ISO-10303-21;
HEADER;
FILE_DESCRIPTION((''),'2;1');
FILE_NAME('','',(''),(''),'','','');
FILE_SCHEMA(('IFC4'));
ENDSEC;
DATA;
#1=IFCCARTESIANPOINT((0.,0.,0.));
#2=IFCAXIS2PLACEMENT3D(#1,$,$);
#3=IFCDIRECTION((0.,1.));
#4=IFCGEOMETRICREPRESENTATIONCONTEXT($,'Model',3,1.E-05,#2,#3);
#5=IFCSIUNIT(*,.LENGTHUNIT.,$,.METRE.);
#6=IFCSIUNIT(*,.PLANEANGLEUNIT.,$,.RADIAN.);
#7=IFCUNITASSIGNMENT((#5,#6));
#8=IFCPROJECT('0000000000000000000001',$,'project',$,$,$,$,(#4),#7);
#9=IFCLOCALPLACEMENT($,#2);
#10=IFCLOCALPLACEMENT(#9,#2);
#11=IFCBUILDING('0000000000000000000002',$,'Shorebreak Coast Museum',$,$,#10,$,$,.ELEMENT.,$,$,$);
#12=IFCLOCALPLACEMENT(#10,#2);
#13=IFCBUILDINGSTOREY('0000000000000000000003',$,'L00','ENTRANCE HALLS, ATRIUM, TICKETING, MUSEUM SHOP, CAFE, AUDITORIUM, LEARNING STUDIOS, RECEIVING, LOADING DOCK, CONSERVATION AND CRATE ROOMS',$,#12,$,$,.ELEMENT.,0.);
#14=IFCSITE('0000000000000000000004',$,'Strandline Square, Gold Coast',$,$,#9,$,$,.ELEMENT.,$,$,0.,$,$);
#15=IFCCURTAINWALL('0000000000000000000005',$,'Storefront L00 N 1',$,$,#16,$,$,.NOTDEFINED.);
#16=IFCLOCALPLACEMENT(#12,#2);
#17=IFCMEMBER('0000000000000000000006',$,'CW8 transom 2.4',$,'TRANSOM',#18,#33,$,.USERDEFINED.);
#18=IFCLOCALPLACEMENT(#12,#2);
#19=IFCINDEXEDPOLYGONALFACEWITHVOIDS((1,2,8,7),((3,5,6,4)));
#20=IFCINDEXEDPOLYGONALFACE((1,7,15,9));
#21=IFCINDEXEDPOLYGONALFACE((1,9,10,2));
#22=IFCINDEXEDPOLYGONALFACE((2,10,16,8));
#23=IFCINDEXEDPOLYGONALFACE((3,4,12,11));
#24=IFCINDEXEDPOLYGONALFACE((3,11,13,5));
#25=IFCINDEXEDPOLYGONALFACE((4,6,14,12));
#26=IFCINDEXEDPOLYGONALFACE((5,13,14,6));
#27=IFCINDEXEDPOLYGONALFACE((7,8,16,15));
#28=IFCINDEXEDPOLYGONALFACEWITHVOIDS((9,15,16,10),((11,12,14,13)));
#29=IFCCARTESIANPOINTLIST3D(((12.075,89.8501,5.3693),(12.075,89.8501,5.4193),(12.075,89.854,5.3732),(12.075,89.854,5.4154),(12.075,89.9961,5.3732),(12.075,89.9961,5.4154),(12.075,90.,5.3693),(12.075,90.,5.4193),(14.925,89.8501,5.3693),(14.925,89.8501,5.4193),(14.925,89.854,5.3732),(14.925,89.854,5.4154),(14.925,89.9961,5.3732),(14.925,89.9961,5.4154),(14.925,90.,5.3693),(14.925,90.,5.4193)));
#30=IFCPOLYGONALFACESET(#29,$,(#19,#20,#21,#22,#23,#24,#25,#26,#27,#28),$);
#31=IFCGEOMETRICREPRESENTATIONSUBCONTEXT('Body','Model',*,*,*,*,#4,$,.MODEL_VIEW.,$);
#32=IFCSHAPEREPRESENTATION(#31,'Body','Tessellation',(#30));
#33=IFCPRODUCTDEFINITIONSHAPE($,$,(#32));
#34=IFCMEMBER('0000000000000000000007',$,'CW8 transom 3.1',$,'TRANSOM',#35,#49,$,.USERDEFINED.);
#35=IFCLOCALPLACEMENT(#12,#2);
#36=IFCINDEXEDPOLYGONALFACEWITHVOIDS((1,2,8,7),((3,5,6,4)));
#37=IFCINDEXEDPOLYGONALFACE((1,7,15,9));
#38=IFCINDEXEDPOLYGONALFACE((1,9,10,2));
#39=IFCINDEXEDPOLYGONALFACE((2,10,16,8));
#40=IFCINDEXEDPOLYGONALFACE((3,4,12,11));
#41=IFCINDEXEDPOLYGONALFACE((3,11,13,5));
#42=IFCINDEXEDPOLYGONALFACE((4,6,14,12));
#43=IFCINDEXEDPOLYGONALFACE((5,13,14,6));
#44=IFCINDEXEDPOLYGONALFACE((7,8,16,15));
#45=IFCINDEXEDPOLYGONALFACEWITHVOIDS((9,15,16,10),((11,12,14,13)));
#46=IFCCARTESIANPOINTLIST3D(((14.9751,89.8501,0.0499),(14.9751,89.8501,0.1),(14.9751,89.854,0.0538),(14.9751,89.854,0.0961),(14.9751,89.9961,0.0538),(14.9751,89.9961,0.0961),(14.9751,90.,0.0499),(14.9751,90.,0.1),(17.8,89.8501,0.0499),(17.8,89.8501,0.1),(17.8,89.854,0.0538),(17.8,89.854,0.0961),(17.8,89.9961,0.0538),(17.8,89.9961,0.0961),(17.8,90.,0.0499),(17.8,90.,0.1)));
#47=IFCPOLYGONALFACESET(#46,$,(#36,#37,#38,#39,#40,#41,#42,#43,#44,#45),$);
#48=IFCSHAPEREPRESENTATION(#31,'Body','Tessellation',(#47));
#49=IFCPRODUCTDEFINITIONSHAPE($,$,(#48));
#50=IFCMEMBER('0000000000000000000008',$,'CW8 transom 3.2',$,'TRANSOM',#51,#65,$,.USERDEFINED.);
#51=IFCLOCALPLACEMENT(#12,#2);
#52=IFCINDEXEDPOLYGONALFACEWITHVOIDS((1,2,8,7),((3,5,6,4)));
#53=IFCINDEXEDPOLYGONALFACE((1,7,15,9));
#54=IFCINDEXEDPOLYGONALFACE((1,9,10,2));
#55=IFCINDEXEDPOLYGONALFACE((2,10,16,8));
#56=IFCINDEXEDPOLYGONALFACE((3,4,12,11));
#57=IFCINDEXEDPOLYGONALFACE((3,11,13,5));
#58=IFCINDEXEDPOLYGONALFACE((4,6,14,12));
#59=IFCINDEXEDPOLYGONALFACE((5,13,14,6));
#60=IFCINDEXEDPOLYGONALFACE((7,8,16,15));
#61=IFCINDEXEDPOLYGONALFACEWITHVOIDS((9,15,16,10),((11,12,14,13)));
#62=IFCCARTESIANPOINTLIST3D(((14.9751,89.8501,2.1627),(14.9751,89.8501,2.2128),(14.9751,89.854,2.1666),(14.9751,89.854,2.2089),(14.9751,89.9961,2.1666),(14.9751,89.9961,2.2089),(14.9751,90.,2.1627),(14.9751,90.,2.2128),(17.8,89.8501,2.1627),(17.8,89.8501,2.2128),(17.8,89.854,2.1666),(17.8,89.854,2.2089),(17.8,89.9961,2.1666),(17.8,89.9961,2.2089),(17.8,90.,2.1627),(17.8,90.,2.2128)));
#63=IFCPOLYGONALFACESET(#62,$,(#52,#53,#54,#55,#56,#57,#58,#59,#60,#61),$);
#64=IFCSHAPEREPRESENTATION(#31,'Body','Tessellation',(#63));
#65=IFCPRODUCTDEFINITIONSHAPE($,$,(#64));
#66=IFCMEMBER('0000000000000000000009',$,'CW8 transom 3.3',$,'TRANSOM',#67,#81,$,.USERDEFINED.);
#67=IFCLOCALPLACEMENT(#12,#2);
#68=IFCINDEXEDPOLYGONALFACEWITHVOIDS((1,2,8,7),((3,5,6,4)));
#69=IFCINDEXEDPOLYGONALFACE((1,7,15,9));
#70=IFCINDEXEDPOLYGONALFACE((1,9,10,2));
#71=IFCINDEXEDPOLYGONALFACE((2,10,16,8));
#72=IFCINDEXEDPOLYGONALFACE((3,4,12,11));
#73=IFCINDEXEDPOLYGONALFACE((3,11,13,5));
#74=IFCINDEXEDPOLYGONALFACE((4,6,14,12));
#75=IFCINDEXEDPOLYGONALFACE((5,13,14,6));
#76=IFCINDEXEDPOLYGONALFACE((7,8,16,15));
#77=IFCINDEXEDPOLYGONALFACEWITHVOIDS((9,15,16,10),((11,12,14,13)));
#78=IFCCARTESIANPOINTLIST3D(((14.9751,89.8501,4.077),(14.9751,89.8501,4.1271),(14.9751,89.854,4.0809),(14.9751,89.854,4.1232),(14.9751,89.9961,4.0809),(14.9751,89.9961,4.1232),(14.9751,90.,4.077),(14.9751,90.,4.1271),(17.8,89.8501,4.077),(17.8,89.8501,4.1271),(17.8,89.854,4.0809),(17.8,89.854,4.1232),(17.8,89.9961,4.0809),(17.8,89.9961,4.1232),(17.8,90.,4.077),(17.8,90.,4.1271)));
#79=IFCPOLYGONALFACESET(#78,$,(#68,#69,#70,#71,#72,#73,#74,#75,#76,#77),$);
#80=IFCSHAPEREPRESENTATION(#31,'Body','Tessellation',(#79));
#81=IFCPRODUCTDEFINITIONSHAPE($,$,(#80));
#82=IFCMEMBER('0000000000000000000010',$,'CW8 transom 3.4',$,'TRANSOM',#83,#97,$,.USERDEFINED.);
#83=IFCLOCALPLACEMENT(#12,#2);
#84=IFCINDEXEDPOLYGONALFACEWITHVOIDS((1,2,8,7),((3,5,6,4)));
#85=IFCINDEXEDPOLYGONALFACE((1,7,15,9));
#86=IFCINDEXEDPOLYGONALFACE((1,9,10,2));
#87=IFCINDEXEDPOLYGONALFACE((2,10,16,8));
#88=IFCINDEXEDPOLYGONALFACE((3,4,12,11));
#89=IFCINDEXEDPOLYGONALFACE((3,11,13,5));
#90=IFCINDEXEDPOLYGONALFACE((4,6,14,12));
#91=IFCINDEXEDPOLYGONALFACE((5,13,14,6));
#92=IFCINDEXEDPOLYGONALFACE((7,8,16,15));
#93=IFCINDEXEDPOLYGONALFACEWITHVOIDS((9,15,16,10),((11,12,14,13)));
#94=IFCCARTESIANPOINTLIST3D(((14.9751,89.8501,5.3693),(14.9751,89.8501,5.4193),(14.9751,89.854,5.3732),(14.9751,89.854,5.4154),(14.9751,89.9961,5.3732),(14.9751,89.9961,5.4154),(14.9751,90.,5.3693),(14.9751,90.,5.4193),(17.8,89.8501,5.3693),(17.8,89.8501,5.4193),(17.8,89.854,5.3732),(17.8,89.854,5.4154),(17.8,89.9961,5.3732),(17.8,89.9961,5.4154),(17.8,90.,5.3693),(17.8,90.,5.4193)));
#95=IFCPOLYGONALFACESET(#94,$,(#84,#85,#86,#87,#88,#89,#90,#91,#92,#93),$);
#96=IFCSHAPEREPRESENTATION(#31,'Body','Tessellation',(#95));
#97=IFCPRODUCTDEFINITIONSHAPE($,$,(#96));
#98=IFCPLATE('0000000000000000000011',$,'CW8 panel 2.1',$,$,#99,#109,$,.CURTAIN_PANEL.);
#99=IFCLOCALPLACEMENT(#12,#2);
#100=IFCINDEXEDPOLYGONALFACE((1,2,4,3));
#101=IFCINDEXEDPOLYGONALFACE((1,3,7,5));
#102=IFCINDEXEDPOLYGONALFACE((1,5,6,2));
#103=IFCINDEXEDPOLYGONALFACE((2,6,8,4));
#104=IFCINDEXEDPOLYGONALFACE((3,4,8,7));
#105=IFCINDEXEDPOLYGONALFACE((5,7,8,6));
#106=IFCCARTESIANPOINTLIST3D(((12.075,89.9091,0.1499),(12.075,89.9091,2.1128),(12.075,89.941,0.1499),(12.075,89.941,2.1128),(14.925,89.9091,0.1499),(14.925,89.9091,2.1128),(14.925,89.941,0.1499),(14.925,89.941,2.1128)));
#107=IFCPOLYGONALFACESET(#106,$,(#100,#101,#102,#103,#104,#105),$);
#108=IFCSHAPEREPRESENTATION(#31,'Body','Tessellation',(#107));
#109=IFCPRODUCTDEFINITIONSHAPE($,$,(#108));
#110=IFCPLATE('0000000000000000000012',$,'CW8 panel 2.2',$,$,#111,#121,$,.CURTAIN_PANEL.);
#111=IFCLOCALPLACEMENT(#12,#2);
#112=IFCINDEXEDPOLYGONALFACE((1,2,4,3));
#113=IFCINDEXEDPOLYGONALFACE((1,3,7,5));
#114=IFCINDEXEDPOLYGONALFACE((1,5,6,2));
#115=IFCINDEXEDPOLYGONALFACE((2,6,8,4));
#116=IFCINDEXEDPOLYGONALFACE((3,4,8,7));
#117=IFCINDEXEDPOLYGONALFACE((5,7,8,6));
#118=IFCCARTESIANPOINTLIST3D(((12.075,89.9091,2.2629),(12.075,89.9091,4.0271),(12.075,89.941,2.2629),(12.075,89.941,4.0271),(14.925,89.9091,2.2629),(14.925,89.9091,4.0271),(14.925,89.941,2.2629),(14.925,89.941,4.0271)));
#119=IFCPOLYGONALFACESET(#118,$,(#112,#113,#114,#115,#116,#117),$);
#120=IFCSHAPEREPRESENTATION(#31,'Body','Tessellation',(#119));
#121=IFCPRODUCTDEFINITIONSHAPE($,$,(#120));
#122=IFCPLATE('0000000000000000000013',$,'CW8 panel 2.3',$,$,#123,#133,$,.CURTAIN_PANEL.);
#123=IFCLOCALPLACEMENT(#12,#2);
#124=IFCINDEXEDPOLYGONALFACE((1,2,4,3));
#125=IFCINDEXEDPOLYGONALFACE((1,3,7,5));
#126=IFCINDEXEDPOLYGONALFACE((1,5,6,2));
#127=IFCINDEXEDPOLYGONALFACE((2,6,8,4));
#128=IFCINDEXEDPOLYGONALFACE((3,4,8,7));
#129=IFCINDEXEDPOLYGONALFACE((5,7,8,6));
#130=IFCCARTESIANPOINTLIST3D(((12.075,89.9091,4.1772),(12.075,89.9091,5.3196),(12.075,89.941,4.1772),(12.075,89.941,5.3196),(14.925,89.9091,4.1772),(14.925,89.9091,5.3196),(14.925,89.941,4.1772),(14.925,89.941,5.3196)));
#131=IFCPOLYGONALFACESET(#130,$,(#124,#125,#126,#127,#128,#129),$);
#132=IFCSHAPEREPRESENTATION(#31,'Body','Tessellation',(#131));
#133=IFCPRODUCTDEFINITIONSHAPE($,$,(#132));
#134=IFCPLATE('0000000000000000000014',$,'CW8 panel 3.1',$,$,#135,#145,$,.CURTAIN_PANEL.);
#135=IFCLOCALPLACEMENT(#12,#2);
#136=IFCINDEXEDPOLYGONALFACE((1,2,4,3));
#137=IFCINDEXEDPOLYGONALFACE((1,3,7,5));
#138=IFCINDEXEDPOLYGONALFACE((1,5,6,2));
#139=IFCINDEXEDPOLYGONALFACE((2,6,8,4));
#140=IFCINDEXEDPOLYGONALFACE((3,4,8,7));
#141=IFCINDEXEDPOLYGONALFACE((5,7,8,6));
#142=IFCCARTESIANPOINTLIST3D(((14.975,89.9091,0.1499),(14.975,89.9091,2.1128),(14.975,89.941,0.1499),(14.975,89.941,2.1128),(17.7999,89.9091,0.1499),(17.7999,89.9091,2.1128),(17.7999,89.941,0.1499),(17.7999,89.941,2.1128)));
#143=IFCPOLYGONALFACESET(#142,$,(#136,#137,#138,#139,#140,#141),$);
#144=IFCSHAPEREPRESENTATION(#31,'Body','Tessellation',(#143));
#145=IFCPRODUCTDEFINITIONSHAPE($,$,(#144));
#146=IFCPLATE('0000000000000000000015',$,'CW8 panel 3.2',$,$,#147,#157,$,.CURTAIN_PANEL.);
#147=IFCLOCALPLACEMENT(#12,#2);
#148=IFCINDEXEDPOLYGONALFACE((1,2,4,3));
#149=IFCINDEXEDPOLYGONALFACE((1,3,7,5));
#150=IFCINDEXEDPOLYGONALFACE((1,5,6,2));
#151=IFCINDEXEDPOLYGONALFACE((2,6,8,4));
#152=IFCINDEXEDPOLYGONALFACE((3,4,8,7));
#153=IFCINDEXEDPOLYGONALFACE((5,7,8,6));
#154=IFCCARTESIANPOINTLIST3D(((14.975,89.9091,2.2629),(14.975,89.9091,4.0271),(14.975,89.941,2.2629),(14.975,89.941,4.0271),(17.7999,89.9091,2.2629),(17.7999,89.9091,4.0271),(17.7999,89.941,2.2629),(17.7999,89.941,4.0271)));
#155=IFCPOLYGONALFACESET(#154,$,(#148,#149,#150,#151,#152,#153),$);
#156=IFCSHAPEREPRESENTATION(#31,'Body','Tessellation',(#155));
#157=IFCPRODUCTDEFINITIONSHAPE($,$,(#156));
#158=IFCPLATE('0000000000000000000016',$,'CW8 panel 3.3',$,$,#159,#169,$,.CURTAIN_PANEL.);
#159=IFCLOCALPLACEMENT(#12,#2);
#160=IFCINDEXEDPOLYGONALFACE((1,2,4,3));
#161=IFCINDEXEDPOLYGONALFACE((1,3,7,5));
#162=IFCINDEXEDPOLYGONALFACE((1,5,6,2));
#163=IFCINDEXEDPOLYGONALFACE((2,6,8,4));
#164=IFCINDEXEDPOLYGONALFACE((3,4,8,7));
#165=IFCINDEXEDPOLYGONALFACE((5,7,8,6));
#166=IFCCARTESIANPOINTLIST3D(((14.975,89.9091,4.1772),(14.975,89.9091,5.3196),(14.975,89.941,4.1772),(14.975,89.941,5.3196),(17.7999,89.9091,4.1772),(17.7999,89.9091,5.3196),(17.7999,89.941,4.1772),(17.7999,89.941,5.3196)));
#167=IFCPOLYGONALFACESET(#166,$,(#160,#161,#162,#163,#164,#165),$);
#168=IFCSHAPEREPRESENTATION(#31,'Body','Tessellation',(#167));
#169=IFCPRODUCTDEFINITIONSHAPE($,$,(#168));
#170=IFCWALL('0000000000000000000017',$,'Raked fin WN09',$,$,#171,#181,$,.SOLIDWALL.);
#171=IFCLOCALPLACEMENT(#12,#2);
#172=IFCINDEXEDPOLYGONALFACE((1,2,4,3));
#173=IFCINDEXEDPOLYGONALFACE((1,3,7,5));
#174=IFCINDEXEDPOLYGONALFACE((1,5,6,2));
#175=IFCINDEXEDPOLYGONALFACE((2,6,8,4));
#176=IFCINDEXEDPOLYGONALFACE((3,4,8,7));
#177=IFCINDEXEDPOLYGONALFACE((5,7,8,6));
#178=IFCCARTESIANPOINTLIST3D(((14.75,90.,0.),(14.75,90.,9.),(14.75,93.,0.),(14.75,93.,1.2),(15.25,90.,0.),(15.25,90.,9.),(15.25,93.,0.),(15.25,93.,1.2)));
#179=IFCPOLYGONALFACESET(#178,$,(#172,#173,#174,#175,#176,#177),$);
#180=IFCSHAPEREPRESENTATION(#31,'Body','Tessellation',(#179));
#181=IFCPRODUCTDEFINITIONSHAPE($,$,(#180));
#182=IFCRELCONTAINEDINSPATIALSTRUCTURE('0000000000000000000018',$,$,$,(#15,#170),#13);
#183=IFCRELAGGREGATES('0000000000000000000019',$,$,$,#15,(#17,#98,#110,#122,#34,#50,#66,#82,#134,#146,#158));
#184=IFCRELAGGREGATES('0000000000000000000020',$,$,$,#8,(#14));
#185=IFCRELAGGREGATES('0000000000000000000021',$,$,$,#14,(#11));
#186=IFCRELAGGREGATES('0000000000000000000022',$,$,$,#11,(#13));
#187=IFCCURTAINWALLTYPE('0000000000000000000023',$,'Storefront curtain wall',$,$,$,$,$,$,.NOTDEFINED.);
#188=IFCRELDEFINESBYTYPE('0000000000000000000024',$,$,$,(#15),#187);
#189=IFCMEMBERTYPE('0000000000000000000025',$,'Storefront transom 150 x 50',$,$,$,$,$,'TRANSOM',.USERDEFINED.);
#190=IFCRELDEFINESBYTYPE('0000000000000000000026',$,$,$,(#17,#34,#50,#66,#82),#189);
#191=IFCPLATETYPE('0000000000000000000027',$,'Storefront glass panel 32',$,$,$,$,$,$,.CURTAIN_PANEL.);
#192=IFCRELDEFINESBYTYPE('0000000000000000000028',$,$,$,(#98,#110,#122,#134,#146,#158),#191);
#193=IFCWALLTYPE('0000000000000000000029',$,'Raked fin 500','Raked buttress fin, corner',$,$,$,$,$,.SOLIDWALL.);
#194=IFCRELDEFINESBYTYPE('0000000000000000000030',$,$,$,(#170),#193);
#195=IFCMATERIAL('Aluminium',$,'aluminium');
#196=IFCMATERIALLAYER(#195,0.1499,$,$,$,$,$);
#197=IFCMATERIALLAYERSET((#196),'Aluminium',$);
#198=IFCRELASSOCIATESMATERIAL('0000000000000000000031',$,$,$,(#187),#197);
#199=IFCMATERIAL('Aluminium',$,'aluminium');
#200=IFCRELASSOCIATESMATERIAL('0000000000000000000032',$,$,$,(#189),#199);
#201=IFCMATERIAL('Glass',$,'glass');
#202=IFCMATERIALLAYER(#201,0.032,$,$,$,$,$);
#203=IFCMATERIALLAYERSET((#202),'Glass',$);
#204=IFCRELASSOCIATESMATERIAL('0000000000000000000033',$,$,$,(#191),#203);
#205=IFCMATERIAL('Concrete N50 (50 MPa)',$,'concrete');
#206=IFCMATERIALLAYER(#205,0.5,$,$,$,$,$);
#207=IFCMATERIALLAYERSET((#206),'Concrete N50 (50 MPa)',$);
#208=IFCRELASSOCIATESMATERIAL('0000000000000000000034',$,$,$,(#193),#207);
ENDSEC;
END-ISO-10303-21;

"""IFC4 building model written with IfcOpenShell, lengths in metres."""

from ifc_helpers import new_model, si_unit, direction, frame, origin, origin_2d, place, context, subcontext, project, spatial, polyline, rectangle, hollow_rectangle, outline, extrude, material, layer, layer_set, material_profile, profile_set, type_object, element, aggregate, save


model = new_model("IFC4")

# Units and contexts
model_context = context("Model", 3, precision=1e-05, world=origin(), true_north=direction((0.0, 1.0)))
body_context = subcontext(model_context, "Body", "Model", "MODEL_VIEW")
ifc_project = project(units=[si_unit("LENGTHUNIT", "METRE"), si_unit("PLANEANGLEUNIT", "RADIAN")], contexts=[model_context])

# Site, building, storey
site_placement = place(None, origin())
site = spatial("IfcSite", under=ifc_project, at=site_placement, Name="Strandline Square, Gold Coast", CompositionType="ELEMENT", RefElevation=0.0)
building_placement = place(site_placement, origin())
building = spatial("IfcBuilding", under=site, at=building_placement, Name="Shorebreak Coast Museum", CompositionType="ELEMENT")
storey_placement = place(building_placement, origin())
storey = spatial("IfcBuildingStorey", under=building, at=storey_placement, Name="L00", Description="ENTRANCE HALLS, ATRIUM, TICKETING, MUSEUM SHOP, CAFE, AUDITORIUM, LEARNING STUDIOS, RECEIVING, LOADING DOCK, CONSERVATION AND CRATE ROOMS", CompositionType="ELEMENT", Elevation=0.0)

# Curtain wall, members, plates
ifc_material_1 = material(Name="Aluminium", Category="aluminium")
ifc_layer_1 = layer(ifc_material_1, 0.1499)
ifc_layer_set_1 = layer_set([ifc_layer_1], Name="Aluminium")
curtain_wall_type = type_object("IfcCurtainWallType", Name="Storefront curtain wall", PredefinedType="NOTDEFINED", material=ifc_layer_set_1)
curtain_wall_placement = place(storey_placement, origin())
curtain_wall = element("IfcCurtainWall", 1, at=curtain_wall_placement, inside=storey, type_object=curtain_wall_type, Name="Storefront L00 N 1", PredefinedType="NOTDEFINED")
ifc_material_2 = material(Name="Aluminium", Category="aluminium")
ifc_material_profile_1 = material_profile(ifc_material_2, hollow_rectangle(XDim=0.1499, YDim=0.05, WallThickness=0.0039, at=origin_2d()), Name="AL 50x150 RHS")
ifc_profile_set_1 = profile_set([ifc_material_profile_1], Name="Aluminium")
member_type_1 = type_object("IfcMemberType", Name="Storefront transom 150 x 50", ElementType="TRANSOM", PredefinedType="USERDEFINED", material=ifc_profile_set_1)
member_1_placement = place(storey_placement, frame((12.075, 89.925, 5.3943), z_axis=(1.0, 0.0, 0.0), x_axis=(0.0, 1.0, 0.0)))
member_1 = element("IfcMember", 2, at=member_1_placement, type_object=member_type_1, Name="CW8 transom 2.4", ObjectType="TRANSOM", PredefinedType="USERDEFINED", context=body_context, shape_type="SweptSolid", body=[
    extrude(hollow_rectangle(XDim=0.1499, YDim=0.05, WallThickness=0.0039, at=origin_2d()), origin(), (0.0, 0.0, 1.0), 2.8501),
])
member_2_placement = place(storey_placement, frame((14.9751, 89.925, 0.075), z_axis=(1.0, 0.0, 0.0), x_axis=(0.0, 1.0, 0.0)))
member_2 = element("IfcMember", 3, at=member_2_placement, type_object=member_type_1, Name="CW8 transom 3.1", ObjectType="TRANSOM", PredefinedType="USERDEFINED", context=body_context, shape_type="SweptSolid", body=[
    extrude(hollow_rectangle(XDim=0.1499, YDim=0.05, WallThickness=0.0039, at=origin_2d()), origin(), (0.0, 0.0, 1.0), 2.825),
])
member_3_placement = place(storey_placement, frame((14.9751, 89.925, 2.1877), z_axis=(1.0, 0.0, 0.0), x_axis=(0.0, 1.0, 0.0)))
member_3 = element("IfcMember", 4, at=member_3_placement, type_object=member_type_1, Name="CW8 transom 3.2", ObjectType="TRANSOM", PredefinedType="USERDEFINED", context=body_context, shape_type="SweptSolid", body=[
    extrude(hollow_rectangle(XDim=0.1499, YDim=0.05, WallThickness=0.0039, at=origin_2d()), origin(), (0.0, 0.0, 1.0), 2.825),
])
member_4_placement = place(storey_placement, frame((14.9751, 89.925, 4.1021), z_axis=(1.0, 0.0, 0.0), x_axis=(0.0, 1.0, 0.0)))
member_4 = element("IfcMember", 5, at=member_4_placement, type_object=member_type_1, Name="CW8 transom 3.3", ObjectType="TRANSOM", PredefinedType="USERDEFINED", context=body_context, shape_type="SweptSolid", body=[
    extrude(hollow_rectangle(XDim=0.1499, YDim=0.05, WallThickness=0.0039, at=origin_2d()), origin(), (0.0, 0.0, 1.0), 2.825),
])
member_5_placement = place(storey_placement, frame((14.9751, 89.925, 5.3943), z_axis=(1.0, 0.0, 0.0), x_axis=(0.0, 1.0, 0.0)))
member_5 = element("IfcMember", 6, at=member_5_placement, type_object=member_type_1, Name="CW8 transom 3.4", ObjectType="TRANSOM", PredefinedType="USERDEFINED", context=body_context, shape_type="SweptSolid", body=[
    extrude(hollow_rectangle(XDim=0.1499, YDim=0.05, WallThickness=0.0039, at=origin_2d()), origin(), (0.0, 0.0, 1.0), 2.825),
])
ifc_material_3 = material(Name="Glass", Category="glass")
ifc_layer_2 = layer(ifc_material_3, 0.032)
ifc_layer_set_2 = layer_set([ifc_layer_2], Name="Glass")
plate_type = type_object("IfcPlateType", Name="Storefront glass panel 32", PredefinedType="CURTAIN_PANEL", material=ifc_layer_set_2)
plate_1_placement = place(storey_placement, frame((13.5, 89.925, 0.1499), z_axis=(0.0, 0.0, 1.0), x_axis=(1.0, 0.0, 0.0)))
plate_1 = element("IfcPlate", 7, at=plate_1_placement, type_object=plate_type, Name="CW8 panel 2.1", PredefinedType="CURTAIN_PANEL", context=body_context, shape_type="SweptSolid", body=[
    extrude(rectangle(XDim=2.8501, YDim=0.032, at=origin_2d()), origin(), (0.0, 0.0, 1.0), 1.9629),
])
plate_2_placement = place(storey_placement, frame((13.5, 89.925, 2.2629), z_axis=(0.0, 0.0, 1.0), x_axis=(1.0, 0.0, 0.0)))
plate_2 = element("IfcPlate", 8, at=plate_2_placement, type_object=plate_type, Name="CW8 panel 2.2", PredefinedType="CURTAIN_PANEL", context=body_context, shape_type="SweptSolid", body=[
    extrude(rectangle(XDim=2.8501, YDim=0.032, at=origin_2d()), origin(), (0.0, 0.0, 1.0), 1.7642),
])
plate_3_placement = place(storey_placement, frame((13.5, 89.925, 4.1772), z_axis=(0.0, 0.0, 1.0), x_axis=(1.0, 0.0, 0.0)))
plate_3 = element("IfcPlate", 9, at=plate_3_placement, type_object=plate_type, Name="CW8 panel 2.3", PredefinedType="CURTAIN_PANEL", context=body_context, shape_type="SweptSolid", body=[
    extrude(rectangle(XDim=2.8501, YDim=0.032, at=origin_2d()), origin(), (0.0, 0.0, 1.0), 1.1423),
])
plate_4_placement = place(storey_placement, frame((16.3875, 89.925, 0.1499), z_axis=(0.0, 0.0, 1.0), x_axis=(1.0, 0.0, 0.0)))
plate_4 = element("IfcPlate", 10, at=plate_4_placement, type_object=plate_type, Name="CW8 panel 3.1", PredefinedType="CURTAIN_PANEL", context=body_context, shape_type="SweptSolid", body=[
    extrude(rectangle(XDim=2.825, YDim=0.032, at=origin_2d()), origin(), (0.0, 0.0, 1.0), 1.9629),
])
plate_5_placement = place(storey_placement, frame((16.3875, 89.925, 2.2629), z_axis=(0.0, 0.0, 1.0), x_axis=(1.0, 0.0, 0.0)))
plate_5 = element("IfcPlate", 11, at=plate_5_placement, type_object=plate_type, Name="CW8 panel 3.2", PredefinedType="CURTAIN_PANEL", context=body_context, shape_type="SweptSolid", body=[
    extrude(rectangle(XDim=2.825, YDim=0.032, at=origin_2d()), origin(), (0.0, 0.0, 1.0), 1.7642),
])
plate_6_placement = place(storey_placement, frame((16.3875, 89.925, 4.1772), z_axis=(0.0, 0.0, 1.0), x_axis=(1.0, 0.0, 0.0)))
plate_6 = element("IfcPlate", 12, at=plate_6_placement, type_object=plate_type, Name="CW8 panel 3.3", PredefinedType="CURTAIN_PANEL", context=body_context, shape_type="SweptSolid", body=[
    extrude(rectangle(XDim=2.825, YDim=0.032, at=origin_2d()), origin(), (0.0, 0.0, 1.0), 1.1423),
])
aggregate(curtain_wall, [member_1, plate_1, plate_2, plate_3, member_2, member_3, member_4, member_5, plate_4, plate_5, plate_6])

# Wall
ifc_material_4 = material(Name="Concrete N50 (50 MPa)", Category="concrete")
ifc_layer_3 = layer(ifc_material_4, 0.5)
ifc_layer_set_3 = layer_set([ifc_layer_3], Name="Concrete N50 (50 MPa)")
wall_type = type_object("IfcWallType", Name="Raked fin 500", Description="Raked buttress fin, corner", PredefinedType="SOLIDWALL", material=ifc_layer_set_3)
wall_placement = place(storey_placement, frame((15.0, 90.0, 0.0), z_axis=(0.0, 0.0, 1.0), x_axis=(0.0, 1.0, 0.0)))
element("IfcWall", 13, at=wall_placement, inside=storey, type_object=wall_type, Name="Raked fin WN09", PredefinedType="SOLIDWALL", context=body_context, shape_type="SweptSolid", body=[
    extrude(outline(polyline([(0.0, 0.0), (3.0, 0.0), (3.0, 1.2), (0.0, 9.0), (0.0, 0.0)])), frame((0.0, 0.25, 0.0), z_axis=(0.0, -1.0, 0.0), x_axis=(1.0, 0.0, 0.0)), (0.0, 0.0, 1.0), 0.5),
])

save(model, "model.ifc")
